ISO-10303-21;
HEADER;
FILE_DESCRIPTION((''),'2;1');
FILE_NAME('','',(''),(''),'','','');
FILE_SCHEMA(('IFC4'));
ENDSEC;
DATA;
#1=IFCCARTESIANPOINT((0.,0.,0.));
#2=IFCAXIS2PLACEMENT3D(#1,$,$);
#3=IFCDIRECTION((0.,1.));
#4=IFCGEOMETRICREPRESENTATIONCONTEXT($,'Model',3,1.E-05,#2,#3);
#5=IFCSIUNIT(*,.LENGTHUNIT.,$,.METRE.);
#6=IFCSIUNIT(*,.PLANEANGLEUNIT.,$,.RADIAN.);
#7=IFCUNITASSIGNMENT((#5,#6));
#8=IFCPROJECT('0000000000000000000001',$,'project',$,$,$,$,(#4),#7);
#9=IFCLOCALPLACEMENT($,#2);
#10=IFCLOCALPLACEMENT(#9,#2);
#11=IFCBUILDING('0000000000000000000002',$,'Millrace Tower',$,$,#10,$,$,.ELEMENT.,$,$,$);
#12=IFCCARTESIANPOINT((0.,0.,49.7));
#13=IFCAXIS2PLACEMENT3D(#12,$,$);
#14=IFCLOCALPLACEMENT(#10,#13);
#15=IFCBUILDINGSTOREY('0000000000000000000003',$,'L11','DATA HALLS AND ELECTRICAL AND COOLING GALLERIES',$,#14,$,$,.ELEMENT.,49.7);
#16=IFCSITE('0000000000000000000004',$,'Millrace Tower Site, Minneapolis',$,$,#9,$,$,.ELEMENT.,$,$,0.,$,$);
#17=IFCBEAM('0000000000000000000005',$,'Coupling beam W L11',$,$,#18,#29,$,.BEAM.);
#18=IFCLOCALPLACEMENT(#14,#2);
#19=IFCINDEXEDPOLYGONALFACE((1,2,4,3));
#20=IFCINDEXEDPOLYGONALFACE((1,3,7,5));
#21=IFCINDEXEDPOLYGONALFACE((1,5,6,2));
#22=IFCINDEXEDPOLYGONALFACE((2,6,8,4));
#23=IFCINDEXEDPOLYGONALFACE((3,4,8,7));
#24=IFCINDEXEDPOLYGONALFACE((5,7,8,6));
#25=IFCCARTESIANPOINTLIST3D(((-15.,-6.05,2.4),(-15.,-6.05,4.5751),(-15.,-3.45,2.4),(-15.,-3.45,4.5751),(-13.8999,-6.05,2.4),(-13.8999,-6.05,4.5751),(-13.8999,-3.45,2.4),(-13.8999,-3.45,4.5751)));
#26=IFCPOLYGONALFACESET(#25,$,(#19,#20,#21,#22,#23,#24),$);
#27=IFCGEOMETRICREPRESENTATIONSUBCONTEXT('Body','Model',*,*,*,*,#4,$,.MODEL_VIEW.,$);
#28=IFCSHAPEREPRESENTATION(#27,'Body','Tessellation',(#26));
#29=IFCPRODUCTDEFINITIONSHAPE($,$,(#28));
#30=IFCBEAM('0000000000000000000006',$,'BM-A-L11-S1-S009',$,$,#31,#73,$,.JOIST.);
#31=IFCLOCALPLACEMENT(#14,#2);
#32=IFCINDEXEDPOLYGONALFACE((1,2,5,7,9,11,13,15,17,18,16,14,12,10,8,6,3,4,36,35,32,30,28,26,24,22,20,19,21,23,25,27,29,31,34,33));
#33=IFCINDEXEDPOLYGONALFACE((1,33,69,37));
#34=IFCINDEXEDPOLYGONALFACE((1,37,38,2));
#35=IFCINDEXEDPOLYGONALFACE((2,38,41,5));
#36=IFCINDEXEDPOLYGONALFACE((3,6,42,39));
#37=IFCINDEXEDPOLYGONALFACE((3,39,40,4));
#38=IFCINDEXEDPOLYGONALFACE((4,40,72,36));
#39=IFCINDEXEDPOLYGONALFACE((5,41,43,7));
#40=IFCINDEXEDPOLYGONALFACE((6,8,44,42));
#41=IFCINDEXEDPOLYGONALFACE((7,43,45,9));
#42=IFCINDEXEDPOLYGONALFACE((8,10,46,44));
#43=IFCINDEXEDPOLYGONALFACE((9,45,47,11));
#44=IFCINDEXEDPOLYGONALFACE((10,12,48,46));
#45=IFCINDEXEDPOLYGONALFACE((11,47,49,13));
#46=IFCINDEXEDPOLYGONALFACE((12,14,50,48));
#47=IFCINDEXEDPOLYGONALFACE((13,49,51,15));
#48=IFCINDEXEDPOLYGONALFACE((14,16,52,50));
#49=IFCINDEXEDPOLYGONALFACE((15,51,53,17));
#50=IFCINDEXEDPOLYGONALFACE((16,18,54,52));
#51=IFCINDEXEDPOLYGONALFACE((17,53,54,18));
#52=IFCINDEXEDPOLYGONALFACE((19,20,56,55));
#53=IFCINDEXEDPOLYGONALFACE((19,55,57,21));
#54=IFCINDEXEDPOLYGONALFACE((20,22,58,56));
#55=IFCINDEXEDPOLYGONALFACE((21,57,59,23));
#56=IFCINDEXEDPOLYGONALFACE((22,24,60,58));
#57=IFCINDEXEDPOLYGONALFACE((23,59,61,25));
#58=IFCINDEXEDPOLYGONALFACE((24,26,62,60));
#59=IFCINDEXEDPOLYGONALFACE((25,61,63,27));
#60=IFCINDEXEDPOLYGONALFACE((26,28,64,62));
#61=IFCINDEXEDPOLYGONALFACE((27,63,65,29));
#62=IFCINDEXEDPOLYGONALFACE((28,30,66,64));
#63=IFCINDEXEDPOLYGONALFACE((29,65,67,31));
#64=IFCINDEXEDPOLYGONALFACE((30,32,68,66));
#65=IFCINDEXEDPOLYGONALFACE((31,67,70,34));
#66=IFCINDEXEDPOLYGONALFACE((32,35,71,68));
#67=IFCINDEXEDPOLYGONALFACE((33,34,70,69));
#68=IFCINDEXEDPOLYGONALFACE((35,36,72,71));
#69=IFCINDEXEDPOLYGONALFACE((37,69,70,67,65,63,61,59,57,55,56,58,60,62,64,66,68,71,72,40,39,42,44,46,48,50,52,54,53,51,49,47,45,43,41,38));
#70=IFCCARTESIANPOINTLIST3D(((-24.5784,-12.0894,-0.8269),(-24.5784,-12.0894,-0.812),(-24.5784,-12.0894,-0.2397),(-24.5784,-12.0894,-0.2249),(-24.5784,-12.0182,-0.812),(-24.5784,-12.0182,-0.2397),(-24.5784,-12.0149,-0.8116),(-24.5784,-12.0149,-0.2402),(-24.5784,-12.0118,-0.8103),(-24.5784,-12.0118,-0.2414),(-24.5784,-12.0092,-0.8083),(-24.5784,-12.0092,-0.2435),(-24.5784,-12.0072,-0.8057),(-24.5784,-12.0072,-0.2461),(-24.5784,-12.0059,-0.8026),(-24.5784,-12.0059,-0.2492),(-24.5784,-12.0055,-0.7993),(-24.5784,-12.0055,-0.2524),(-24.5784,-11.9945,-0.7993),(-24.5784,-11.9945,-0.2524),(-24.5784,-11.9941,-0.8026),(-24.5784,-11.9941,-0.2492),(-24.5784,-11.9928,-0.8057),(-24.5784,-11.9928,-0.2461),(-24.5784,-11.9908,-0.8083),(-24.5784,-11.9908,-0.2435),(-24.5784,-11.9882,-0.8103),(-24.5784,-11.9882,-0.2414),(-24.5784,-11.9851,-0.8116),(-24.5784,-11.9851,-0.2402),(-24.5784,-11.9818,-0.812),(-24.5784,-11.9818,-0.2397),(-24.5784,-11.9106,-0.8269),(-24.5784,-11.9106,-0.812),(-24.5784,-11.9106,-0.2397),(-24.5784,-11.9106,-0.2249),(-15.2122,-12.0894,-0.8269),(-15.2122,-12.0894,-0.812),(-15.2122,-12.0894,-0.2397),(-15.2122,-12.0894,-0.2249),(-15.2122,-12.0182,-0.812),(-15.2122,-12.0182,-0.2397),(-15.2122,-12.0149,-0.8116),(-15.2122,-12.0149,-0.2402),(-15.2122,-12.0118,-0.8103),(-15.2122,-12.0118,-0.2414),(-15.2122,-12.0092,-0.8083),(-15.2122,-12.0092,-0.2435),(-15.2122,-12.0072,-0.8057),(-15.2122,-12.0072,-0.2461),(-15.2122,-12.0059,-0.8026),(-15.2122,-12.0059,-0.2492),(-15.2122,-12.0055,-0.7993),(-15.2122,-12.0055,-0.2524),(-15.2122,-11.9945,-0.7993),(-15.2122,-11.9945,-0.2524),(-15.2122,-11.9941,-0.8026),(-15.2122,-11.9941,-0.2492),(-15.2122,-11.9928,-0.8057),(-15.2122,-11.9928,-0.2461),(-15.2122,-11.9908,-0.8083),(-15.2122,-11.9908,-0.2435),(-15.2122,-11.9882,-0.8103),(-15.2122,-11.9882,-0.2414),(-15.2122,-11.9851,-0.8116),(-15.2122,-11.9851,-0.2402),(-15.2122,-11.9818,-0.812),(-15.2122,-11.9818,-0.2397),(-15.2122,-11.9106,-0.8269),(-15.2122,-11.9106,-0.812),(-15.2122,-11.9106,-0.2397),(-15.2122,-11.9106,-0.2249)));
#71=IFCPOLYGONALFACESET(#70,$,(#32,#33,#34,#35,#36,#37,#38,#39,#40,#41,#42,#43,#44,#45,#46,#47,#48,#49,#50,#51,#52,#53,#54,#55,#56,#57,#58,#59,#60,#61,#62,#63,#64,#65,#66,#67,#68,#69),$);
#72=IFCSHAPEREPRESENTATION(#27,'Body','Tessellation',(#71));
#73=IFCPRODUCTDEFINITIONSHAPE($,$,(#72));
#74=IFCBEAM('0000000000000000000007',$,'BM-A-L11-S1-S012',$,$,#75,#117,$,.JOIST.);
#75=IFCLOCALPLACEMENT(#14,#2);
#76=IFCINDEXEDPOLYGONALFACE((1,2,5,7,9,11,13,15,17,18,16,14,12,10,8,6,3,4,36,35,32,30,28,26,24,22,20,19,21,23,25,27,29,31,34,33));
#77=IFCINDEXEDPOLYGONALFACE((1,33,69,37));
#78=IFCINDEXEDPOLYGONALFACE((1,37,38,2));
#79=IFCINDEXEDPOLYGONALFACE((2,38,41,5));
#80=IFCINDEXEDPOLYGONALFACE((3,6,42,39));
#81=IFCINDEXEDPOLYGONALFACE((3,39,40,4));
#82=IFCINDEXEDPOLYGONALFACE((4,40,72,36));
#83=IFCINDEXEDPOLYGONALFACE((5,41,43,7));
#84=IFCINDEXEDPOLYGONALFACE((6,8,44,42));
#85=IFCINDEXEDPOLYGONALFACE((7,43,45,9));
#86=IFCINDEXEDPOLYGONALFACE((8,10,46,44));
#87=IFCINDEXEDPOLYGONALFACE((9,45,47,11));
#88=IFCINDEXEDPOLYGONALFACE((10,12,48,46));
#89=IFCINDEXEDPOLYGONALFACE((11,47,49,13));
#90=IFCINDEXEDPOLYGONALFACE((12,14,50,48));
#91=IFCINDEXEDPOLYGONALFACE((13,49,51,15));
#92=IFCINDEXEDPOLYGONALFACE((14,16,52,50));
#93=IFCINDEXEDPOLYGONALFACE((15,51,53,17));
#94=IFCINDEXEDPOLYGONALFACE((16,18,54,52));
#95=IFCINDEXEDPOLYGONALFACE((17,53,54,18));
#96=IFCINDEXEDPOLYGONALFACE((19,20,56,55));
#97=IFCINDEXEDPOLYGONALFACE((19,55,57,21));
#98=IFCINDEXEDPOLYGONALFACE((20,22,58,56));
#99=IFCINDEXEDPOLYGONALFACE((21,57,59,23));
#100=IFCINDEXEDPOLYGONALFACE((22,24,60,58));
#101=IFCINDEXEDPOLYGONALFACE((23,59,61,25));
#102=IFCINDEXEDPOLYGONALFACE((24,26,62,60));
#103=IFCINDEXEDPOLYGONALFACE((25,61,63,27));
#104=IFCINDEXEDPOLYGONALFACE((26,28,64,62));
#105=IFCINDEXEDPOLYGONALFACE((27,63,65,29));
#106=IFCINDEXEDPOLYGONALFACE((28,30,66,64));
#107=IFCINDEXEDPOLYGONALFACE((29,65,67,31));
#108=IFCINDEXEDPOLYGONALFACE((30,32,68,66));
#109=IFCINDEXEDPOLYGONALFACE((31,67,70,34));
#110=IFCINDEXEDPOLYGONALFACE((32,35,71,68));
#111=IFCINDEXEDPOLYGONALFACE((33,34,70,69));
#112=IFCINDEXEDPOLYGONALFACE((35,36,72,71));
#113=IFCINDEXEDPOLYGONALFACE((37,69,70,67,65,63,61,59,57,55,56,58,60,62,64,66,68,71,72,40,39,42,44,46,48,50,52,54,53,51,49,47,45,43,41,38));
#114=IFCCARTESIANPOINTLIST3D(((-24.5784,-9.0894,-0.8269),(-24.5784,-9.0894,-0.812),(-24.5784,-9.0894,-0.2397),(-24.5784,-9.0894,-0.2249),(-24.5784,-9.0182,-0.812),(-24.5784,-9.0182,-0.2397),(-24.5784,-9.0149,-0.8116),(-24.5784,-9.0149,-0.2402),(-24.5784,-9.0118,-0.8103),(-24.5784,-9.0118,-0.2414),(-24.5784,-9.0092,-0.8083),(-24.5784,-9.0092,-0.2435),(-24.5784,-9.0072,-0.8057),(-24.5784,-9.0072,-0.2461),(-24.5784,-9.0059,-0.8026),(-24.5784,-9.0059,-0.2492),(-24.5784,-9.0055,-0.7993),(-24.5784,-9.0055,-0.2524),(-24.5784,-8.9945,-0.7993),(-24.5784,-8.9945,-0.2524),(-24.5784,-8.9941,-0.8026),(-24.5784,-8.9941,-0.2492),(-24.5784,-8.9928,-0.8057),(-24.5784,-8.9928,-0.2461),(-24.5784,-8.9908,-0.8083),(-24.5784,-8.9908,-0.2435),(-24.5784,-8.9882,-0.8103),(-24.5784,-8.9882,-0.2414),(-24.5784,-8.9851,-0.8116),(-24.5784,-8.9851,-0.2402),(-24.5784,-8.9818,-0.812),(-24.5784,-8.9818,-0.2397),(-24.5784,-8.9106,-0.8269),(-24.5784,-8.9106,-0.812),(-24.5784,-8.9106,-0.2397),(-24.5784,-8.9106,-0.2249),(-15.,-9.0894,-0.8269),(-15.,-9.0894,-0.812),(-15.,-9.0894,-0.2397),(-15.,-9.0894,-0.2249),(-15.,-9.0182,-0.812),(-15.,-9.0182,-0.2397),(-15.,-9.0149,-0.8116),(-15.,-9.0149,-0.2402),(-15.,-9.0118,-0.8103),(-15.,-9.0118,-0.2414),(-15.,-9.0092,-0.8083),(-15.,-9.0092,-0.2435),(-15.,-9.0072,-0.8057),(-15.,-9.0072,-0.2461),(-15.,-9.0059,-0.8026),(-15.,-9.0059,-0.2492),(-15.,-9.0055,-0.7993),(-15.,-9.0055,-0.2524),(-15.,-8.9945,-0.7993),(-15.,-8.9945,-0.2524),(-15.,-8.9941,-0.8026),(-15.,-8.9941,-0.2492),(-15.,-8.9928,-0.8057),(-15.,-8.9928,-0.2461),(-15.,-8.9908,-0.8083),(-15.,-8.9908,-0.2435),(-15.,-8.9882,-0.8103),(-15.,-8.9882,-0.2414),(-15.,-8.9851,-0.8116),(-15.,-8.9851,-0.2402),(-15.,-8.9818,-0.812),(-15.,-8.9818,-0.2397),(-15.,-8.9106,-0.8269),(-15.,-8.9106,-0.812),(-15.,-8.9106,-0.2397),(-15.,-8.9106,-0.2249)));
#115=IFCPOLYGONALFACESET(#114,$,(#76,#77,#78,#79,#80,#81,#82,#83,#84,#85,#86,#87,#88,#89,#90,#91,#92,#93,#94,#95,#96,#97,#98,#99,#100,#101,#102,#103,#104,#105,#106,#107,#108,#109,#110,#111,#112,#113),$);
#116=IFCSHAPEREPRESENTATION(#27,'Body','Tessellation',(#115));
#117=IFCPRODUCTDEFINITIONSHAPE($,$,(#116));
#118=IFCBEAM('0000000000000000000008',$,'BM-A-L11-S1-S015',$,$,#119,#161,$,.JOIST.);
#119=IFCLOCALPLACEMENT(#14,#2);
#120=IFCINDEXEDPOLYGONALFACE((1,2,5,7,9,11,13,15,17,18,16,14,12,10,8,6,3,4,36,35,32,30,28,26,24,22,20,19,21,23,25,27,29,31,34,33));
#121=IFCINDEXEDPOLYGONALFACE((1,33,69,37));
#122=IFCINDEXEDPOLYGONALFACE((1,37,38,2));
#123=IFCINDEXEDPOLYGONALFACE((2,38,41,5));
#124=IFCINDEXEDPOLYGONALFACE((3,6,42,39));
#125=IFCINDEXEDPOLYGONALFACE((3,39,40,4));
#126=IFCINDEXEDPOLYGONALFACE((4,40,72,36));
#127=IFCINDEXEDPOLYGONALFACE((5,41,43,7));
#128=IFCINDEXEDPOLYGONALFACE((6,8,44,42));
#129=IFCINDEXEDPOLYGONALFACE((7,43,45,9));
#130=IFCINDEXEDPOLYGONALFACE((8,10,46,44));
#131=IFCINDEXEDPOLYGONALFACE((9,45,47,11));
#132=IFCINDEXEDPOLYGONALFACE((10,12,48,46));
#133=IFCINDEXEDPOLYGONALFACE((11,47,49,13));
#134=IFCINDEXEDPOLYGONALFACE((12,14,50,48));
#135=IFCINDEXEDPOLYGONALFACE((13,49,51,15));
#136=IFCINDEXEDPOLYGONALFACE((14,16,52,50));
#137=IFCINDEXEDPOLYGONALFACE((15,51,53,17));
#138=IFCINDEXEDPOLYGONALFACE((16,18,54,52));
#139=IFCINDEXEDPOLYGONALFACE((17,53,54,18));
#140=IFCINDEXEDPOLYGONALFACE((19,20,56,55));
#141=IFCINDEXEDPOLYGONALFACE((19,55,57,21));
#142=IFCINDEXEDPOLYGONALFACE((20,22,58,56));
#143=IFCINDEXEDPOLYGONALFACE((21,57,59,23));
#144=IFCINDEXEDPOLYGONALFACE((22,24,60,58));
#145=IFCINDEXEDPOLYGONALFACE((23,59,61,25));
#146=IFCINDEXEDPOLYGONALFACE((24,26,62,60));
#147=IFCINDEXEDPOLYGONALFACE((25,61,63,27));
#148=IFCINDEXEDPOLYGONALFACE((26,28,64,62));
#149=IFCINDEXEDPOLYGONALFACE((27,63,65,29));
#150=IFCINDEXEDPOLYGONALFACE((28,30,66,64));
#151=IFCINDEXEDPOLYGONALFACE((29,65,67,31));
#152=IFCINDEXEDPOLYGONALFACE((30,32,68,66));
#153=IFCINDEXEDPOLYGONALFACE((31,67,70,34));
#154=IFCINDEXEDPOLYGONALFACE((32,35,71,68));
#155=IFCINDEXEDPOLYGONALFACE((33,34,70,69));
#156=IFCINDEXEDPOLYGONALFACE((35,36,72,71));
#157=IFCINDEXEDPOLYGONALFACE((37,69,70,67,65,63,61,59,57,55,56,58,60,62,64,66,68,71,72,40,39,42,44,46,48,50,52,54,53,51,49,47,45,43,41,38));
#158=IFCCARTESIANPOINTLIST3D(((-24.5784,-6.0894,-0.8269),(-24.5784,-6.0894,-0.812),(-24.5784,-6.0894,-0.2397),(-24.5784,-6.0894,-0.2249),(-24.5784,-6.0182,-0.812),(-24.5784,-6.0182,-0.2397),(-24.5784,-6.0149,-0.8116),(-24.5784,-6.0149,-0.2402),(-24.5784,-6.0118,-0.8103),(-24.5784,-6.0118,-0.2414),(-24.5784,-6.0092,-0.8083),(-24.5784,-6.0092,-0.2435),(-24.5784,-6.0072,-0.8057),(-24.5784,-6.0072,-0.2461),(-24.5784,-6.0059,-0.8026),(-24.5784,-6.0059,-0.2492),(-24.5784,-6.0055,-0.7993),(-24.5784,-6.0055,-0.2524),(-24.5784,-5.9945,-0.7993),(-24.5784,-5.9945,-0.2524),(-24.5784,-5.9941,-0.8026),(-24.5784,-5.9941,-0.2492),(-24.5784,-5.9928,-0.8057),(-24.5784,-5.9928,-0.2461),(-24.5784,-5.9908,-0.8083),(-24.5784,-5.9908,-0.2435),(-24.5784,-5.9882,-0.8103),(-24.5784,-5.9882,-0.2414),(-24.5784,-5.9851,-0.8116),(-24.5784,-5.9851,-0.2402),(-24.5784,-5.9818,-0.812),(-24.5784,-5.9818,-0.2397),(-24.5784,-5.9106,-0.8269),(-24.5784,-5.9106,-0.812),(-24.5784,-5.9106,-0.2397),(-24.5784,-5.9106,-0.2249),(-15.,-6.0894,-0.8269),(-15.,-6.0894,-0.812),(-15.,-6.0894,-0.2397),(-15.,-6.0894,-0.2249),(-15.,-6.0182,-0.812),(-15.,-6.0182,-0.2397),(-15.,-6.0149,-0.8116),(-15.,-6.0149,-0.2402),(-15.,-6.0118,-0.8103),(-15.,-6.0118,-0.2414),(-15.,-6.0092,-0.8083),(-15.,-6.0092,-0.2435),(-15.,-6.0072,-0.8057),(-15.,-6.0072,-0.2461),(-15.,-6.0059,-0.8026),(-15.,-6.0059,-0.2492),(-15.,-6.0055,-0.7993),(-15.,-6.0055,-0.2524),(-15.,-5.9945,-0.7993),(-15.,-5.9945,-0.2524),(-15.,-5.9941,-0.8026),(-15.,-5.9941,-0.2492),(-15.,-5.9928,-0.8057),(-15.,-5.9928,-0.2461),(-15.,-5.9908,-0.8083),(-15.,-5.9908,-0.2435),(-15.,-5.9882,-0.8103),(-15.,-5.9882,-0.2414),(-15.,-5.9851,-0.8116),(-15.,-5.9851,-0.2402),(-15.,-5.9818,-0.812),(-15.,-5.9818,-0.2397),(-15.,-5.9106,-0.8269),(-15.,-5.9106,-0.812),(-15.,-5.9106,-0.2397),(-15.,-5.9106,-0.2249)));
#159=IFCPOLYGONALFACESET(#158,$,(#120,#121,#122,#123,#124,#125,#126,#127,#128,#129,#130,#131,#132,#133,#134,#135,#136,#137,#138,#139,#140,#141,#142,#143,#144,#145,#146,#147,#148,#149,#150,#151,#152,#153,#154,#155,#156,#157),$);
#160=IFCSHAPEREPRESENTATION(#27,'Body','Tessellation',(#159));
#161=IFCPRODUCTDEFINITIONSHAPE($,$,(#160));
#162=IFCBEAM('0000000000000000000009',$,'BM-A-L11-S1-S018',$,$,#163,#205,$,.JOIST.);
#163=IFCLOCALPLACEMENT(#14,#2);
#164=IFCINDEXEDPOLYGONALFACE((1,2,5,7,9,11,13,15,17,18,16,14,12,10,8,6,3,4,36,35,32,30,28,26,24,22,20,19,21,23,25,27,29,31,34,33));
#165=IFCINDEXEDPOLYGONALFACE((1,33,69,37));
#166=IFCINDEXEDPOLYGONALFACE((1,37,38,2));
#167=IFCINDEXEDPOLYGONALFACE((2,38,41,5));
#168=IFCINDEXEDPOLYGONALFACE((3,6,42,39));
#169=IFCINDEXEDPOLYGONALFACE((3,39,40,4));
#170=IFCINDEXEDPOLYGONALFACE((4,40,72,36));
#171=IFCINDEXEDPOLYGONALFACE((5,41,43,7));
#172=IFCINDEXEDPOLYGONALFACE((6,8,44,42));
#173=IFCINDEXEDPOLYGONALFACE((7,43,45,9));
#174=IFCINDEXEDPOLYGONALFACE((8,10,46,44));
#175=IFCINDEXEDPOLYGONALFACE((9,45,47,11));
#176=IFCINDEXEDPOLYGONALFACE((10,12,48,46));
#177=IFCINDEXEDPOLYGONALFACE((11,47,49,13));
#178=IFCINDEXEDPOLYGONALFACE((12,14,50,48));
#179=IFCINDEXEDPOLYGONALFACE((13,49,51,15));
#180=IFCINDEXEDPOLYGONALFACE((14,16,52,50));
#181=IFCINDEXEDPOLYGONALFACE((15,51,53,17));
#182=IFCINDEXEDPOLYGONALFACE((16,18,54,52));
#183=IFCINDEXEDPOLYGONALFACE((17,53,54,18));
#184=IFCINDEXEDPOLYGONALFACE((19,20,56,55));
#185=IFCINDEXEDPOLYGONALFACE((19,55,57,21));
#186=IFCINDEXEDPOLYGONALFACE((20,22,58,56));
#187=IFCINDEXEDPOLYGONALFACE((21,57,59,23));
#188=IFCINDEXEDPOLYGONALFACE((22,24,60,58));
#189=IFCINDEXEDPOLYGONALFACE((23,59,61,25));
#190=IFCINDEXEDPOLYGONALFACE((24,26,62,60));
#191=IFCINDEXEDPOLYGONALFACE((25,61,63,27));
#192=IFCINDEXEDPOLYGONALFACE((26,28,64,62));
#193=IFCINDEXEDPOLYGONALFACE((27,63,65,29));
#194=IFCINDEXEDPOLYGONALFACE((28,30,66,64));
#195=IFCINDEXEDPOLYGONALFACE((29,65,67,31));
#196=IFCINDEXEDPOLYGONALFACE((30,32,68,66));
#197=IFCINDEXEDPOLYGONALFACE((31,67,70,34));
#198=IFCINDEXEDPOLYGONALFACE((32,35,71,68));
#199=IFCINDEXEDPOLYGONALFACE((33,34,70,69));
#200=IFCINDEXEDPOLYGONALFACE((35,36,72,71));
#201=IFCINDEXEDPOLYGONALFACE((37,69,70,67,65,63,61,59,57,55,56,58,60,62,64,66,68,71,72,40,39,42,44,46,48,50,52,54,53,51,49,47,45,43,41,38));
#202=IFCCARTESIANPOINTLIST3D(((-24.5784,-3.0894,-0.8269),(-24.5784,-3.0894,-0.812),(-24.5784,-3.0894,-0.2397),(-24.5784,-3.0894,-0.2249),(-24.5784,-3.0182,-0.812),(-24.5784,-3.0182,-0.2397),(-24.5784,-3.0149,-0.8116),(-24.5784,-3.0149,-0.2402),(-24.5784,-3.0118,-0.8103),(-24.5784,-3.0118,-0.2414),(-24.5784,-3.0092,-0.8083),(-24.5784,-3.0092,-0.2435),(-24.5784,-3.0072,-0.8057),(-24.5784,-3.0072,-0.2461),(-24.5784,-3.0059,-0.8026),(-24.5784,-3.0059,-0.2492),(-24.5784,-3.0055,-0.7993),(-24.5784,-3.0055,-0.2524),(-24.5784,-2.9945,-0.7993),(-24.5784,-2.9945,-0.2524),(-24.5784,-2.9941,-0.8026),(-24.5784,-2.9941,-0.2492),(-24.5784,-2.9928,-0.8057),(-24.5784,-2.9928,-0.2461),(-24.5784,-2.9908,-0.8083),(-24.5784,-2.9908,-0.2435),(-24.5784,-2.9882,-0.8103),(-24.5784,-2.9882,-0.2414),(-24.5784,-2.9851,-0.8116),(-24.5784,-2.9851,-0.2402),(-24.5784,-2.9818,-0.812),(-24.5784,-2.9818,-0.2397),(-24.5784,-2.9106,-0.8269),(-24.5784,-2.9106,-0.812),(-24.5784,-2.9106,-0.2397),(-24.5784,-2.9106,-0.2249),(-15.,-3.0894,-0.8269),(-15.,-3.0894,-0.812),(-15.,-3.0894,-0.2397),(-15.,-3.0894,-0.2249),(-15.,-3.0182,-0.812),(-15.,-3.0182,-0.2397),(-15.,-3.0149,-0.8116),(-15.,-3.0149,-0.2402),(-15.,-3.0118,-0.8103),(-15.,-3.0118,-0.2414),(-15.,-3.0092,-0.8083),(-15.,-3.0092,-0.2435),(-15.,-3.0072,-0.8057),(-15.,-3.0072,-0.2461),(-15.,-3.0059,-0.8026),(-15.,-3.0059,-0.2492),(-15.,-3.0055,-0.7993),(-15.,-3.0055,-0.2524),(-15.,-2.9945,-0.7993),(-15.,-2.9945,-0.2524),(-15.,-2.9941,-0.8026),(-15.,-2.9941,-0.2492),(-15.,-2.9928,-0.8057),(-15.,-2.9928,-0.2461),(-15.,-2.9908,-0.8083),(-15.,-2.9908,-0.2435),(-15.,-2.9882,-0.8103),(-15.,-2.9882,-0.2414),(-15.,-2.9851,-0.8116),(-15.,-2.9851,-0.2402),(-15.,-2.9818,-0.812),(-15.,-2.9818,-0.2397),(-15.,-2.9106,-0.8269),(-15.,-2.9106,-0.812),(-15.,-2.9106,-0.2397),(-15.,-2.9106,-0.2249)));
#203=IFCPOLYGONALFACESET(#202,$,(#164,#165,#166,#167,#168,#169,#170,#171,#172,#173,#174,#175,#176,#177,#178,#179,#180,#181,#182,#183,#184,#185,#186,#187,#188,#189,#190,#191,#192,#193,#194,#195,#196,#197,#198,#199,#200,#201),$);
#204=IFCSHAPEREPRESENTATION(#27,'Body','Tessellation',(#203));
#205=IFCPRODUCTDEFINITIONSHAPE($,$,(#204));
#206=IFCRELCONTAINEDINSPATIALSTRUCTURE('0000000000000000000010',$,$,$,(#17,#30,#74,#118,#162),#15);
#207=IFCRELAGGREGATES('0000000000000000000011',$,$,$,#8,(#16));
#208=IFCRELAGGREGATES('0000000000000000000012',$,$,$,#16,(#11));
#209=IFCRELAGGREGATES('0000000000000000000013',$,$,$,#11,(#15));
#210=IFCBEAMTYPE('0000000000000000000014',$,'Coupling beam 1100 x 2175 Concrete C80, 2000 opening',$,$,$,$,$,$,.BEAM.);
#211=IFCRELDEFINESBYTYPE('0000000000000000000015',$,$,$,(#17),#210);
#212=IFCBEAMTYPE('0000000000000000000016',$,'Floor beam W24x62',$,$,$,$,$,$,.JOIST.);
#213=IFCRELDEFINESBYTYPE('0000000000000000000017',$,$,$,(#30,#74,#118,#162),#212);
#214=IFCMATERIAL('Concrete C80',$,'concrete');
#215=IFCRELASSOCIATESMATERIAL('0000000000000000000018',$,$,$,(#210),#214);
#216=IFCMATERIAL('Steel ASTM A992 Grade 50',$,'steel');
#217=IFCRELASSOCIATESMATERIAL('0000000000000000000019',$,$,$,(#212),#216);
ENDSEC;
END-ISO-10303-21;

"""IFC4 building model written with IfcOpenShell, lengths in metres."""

from ifc_helpers import new_model, si_unit, direction, frame, origin, origin_2d, place, context, subcontext, project, spatial, rectangle, i_section, extrude, material, material_profile, profile_set, type_object, element, save


model = new_model("IFC4")

# Units and contexts
model_context = context("Model", 3, precision=1e-05, world=origin(), true_north=direction((0.0, 1.0)))
body_context = subcontext(model_context, "Body", "Model", "MODEL_VIEW")
ifc_project = project(units=[si_unit("LENGTHUNIT", "METRE"), si_unit("PLANEANGLEUNIT", "RADIAN")], contexts=[model_context])

# Site, building, storey
site_placement = place(None, origin())
site = spatial("IfcSite", under=ifc_project, at=site_placement, Name="Millrace Tower Site, Minneapolis", CompositionType="ELEMENT", RefElevation=0.0)
building_placement = place(site_placement, origin())
building = spatial("IfcBuilding", under=site, at=building_placement, Name="Millrace Tower", CompositionType="ELEMENT")
storey_placement = place(building_placement, frame((0.0, 0.0, 49.7)))
storey = spatial("IfcBuildingStorey", under=building, at=storey_placement, Name="L11", Description="DATA HALLS AND ELECTRICAL AND COOLING GALLERIES", CompositionType="ELEMENT", Elevation=49.7)

# Beams
ifc_material_1 = material(Name="Concrete C80", Category="concrete")
ifc_material_profile_1 = material_profile(ifc_material_1, rectangle(XDim=1.1001, YDim=2.175, at=origin_2d()))
ifc_profile_set_1 = profile_set([ifc_material_profile_1], Name="Concrete C80")
beam_type_1 = type_object("IfcBeamType", Name="Coupling beam 1100 x 2175 Concrete C80, 2000 opening", PredefinedType="BEAM", material=ifc_profile_set_1)
beam_1_placement = place(storey_placement, frame((-14.45, -6.05, 3.4875), z_axis=(0.0, 1.0, 0.0), x_axis=(-1.0, 0.0, 0.0)))
element("IfcBeam", 1, at=beam_1_placement, inside=storey, type_object=beam_type_1, Name="Coupling beam W L11", PredefinedType="BEAM", context=body_context, shape_type="SweptSolid", body=[
    extrude(rectangle(XDim=1.1001, YDim=2.175, at=origin_2d()), origin(), (0.0, 0.0, 1.0), 2.6001),
])
ifc_material_2 = material(Name="Steel ASTM A992 Grade 50", Category="steel")
ifc_material_profile_2 = material_profile(ifc_material_2, i_section(OverallWidth=0.1787, OverallDepth=0.6021, WebThickness=0.011, FlangeThickness=0.0149, FilletRadius=0.0127, at=origin_2d()))
ifc_profile_set_2 = profile_set([ifc_material_profile_2], Name="Steel ASTM A992 Grade 50")
beam_type_2 = type_object("IfcBeamType", Name="Floor beam W24x62", PredefinedType="JOIST", material=ifc_profile_set_2)
beam_2_placement = place(storey_placement, frame((-24.5784, -12.0, -0.5259), z_axis=(1.0, 0.0, 0.0), x_axis=(0.0, 1.0, 0.0)))
element("IfcBeam", 2, at=beam_2_placement, inside=storey, type_object=beam_type_2, Name="BM-A-L11-S1-S009", PredefinedType="JOIST", context=body_context, shape_type="SweptSolid", body=[
    extrude(i_section(OverallWidth=0.1787, OverallDepth=0.6021, WebThickness=0.011, FlangeThickness=0.0149, FilletRadius=0.0127, at=origin_2d()), origin(), (0.0, 0.0, 1.0), 9.3662),
])
for number, where, z_axis, x_axis, name in (
    (3, (-24.5784, -9.0, -0.5259), (1.0, 0.0, 0.0), (0.0, 1.0, 0.0), "BM-A-L11-S1-S012"),
    (4, (-24.5784, -6.0, -0.5259), (1.0, 0.0, 0.0), (0.0, 1.0, 0.0), "BM-A-L11-S1-S015"),
    (5, (-24.5784, -3.0, -0.5259), (1.0, 0.0, 0.0), (0.0, 1.0, 0.0), "BM-A-L11-S1-S018"),
):
    element("IfcBeam", number, at=place(storey_placement, frame(where, z_axis=z_axis, x_axis=x_axis)), inside=storey, type_object=beam_type_2, Name=name, PredefinedType="JOIST", context=body_context, shape_type="SweptSolid", body=[
        extrude(i_section(OverallWidth=0.1787, OverallDepth=0.6021, WebThickness=0.011, FlangeThickness=0.0149, FilletRadius=0.0127, at=origin_2d()), origin(), (0.0, 0.0, 1.0), 9.5784),
    ])

save(model, "model.ifc")
